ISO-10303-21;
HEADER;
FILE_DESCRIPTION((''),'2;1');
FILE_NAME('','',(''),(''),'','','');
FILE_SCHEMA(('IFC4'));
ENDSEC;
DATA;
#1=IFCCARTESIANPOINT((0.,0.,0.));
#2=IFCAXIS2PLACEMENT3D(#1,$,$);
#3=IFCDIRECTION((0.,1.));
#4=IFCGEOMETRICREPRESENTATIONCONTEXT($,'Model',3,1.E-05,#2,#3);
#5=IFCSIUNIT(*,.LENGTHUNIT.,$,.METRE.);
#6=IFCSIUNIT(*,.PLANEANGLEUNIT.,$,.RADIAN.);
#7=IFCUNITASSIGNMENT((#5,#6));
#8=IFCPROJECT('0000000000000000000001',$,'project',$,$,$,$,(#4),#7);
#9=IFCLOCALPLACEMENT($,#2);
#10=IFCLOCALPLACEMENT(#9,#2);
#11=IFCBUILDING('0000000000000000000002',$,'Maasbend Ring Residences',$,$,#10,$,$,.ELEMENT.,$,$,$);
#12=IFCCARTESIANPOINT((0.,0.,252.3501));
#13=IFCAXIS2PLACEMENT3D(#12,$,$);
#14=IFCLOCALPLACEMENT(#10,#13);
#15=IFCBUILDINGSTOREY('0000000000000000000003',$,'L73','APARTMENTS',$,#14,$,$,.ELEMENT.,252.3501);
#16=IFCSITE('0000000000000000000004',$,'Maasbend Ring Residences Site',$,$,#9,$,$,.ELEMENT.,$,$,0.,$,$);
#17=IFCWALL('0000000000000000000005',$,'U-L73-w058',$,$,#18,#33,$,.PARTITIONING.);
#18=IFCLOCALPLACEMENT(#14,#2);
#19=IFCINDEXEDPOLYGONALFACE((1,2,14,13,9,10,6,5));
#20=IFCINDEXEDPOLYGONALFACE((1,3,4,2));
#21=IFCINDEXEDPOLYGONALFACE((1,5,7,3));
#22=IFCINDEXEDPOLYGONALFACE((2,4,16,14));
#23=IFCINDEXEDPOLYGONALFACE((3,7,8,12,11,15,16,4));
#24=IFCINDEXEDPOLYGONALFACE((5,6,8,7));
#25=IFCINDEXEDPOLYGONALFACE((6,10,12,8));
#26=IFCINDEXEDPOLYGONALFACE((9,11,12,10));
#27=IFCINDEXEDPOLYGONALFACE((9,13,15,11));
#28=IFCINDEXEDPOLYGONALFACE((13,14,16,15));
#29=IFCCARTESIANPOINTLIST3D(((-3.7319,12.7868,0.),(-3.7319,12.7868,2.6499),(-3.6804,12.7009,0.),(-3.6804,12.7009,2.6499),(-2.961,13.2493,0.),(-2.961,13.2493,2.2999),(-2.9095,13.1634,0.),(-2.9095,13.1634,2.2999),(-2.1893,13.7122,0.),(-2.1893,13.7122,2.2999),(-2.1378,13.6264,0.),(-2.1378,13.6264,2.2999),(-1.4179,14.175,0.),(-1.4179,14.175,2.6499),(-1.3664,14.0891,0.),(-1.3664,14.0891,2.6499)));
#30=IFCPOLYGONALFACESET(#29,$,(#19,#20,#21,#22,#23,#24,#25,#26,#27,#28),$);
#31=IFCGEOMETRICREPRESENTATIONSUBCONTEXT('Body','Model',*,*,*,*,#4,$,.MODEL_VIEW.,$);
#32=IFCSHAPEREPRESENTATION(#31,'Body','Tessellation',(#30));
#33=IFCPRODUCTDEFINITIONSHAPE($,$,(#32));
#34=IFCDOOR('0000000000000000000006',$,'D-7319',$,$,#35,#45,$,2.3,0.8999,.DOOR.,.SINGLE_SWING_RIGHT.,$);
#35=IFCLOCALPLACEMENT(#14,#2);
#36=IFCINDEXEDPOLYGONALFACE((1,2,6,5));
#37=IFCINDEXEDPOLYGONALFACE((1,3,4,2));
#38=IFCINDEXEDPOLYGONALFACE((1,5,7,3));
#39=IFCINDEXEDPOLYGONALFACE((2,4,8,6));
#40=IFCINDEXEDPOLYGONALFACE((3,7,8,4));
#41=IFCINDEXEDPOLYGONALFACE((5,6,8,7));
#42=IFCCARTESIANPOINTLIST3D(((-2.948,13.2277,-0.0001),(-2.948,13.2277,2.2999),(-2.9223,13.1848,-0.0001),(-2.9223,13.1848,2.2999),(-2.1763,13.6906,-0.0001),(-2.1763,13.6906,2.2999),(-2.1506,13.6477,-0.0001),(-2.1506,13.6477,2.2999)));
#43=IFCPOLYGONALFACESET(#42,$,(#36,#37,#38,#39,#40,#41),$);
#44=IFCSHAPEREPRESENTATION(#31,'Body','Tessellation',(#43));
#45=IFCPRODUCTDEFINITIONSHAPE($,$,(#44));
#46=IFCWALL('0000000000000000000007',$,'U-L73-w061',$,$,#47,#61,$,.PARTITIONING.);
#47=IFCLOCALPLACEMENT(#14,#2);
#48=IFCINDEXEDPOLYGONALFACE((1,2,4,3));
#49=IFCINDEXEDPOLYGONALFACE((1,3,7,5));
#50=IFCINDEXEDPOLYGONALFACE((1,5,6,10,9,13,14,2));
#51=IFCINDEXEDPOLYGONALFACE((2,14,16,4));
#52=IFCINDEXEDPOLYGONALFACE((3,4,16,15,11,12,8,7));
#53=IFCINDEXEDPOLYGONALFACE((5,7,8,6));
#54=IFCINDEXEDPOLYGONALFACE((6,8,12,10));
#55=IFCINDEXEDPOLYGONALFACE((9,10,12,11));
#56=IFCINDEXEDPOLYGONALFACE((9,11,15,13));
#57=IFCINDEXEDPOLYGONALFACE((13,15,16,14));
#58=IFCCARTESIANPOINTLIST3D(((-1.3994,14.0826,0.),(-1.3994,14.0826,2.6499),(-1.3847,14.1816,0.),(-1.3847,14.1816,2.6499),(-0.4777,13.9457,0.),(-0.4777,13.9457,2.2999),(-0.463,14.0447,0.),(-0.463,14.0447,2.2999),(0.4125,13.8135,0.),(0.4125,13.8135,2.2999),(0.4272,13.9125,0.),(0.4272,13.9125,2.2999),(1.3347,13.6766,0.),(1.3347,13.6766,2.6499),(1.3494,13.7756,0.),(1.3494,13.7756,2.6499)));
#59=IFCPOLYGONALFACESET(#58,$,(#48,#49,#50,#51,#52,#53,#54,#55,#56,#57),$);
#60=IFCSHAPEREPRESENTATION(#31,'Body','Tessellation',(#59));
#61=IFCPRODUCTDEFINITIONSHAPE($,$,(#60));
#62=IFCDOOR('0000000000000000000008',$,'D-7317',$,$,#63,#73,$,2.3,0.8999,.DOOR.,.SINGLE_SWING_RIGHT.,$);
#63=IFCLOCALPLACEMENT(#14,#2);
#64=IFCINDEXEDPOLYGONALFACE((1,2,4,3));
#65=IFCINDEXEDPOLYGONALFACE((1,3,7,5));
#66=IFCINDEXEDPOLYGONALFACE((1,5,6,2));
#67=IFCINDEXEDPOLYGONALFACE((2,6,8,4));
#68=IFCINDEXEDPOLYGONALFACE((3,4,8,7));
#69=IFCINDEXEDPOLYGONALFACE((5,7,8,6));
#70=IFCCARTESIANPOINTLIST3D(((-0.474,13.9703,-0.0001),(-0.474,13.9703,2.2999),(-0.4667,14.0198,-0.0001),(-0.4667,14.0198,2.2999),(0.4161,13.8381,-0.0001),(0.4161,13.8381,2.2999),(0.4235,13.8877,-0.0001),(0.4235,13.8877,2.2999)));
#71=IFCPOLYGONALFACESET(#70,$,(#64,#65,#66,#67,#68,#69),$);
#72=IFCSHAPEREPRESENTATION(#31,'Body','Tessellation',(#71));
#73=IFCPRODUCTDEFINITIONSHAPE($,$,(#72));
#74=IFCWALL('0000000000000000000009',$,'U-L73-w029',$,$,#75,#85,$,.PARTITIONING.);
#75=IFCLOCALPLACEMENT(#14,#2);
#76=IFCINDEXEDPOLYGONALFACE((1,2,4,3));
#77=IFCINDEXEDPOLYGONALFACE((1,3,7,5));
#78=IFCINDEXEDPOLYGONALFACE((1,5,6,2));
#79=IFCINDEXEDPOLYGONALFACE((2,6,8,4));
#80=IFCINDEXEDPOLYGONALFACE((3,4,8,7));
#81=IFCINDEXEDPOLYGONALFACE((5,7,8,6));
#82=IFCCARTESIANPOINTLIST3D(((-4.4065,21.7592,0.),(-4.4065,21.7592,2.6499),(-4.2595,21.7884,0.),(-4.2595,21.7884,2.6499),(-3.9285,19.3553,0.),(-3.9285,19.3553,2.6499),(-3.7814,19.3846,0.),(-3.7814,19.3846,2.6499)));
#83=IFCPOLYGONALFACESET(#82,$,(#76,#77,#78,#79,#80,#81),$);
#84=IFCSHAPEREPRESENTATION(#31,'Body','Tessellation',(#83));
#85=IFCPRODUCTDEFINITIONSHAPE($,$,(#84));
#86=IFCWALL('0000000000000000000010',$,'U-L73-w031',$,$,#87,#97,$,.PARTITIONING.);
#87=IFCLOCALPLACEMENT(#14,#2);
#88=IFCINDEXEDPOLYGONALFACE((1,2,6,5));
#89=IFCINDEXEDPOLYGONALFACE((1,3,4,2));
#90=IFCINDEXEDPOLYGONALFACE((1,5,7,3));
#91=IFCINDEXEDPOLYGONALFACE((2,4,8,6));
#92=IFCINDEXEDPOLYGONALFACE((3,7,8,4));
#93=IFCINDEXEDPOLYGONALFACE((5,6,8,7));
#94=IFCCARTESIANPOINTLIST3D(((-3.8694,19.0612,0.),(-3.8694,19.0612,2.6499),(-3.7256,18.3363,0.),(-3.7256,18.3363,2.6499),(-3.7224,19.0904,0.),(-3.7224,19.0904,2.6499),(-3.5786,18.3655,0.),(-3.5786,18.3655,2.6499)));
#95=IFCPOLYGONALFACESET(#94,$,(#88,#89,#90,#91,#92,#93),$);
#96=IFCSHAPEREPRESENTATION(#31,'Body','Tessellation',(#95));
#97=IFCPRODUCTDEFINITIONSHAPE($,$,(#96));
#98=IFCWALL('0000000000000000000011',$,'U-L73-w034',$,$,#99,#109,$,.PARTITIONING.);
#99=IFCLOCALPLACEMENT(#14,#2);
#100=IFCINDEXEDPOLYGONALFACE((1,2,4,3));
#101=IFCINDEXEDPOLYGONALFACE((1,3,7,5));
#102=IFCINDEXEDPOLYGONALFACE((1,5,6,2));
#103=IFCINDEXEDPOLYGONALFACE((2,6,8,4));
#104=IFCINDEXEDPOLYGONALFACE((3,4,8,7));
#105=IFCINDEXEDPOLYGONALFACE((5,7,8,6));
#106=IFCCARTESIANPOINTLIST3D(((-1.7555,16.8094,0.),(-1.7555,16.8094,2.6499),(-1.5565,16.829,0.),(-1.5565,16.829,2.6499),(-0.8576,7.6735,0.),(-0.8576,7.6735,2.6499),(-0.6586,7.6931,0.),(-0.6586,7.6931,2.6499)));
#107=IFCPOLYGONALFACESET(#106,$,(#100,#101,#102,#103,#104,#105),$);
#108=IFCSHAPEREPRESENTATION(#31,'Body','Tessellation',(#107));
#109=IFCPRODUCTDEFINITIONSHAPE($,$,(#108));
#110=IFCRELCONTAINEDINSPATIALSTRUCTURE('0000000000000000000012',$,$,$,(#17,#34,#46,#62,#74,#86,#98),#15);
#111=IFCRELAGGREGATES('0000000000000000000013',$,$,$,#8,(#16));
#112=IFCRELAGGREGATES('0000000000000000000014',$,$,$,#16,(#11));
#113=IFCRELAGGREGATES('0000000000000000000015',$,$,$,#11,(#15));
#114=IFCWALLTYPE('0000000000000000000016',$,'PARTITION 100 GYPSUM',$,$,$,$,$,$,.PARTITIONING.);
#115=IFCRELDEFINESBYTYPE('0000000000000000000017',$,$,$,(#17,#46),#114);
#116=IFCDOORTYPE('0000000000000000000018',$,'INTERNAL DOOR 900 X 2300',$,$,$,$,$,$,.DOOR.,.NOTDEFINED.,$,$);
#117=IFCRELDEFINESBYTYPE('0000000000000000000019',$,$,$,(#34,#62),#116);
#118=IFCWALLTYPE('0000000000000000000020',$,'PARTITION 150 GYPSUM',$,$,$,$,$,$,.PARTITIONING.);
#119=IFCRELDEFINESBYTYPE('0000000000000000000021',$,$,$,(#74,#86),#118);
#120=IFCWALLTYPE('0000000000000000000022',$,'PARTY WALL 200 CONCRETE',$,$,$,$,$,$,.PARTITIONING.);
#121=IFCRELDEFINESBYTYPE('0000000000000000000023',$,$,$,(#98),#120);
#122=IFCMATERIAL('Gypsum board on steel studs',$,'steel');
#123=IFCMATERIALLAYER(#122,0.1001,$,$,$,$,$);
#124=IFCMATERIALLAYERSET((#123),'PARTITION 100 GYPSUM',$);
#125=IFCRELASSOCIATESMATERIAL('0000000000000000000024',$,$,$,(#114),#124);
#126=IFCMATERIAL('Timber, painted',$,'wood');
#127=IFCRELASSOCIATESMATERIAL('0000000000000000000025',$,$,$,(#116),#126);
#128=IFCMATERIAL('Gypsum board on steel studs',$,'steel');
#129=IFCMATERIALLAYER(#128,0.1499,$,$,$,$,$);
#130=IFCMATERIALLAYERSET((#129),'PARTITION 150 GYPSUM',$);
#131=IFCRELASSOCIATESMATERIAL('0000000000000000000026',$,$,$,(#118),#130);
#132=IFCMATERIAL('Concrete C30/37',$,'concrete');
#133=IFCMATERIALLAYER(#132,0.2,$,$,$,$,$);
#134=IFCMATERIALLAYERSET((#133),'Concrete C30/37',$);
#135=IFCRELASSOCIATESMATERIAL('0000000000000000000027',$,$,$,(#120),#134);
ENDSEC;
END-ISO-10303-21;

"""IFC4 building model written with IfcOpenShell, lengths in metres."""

from ifc_helpers import new_model, si_unit, direction, frame, frame_2d, origin, place, context, subcontext, project, spatial, rectangle, extrude, material, layer, layer_set, type_object, element, fill, save


model = new_model("IFC4")

# Units and contexts
model_context = context("Model", 3, precision=1e-05, world=origin(), true_north=direction((0.0, 1.0)))
body_context = subcontext(model_context, "Body", "Model", "MODEL_VIEW")
ifc_project = project(units=[si_unit("LENGTHUNIT", "METRE"), si_unit("PLANEANGLEUNIT", "RADIAN")], contexts=[model_context])

# Site, building, storey
site_placement = place(None, origin())
site = spatial("IfcSite", under=ifc_project, at=site_placement, Name="Maasbend Ring Residences Site", CompositionType="ELEMENT", RefElevation=0.0)
building_placement = place(site_placement, origin())
building = spatial("IfcBuilding", under=site, at=building_placement, Name="Maasbend Ring Residences", CompositionType="ELEMENT")
storey_placement = place(building_placement, frame((0.0, 0.0, 252.3501)))
storey = spatial("IfcBuildingStorey", under=building, at=storey_placement, Name="L73", Description="APARTMENTS", CompositionType="ELEMENT", Elevation=252.3501)

# Shared definitions
ifc_material_1 = material(Name="Gypsum board on steel studs", Category="steel")
ifc_layer_1 = layer(ifc_material_1, 0.1001)
ifc_layer_set_1 = layer_set([ifc_layer_1], Name="PARTITION 100 GYPSUM")
wall_type_1 = type_object("IfcWallType", Name="PARTITION 100 GYPSUM", PredefinedType="PARTITIONING", material=ifc_layer_set_1)
ifc_material_2 = material(Name="Timber, painted", Category="wood")
door_type_1 = type_object("IfcDoorType", Name="INTERNAL DOOR 900 X 2300", OperationType="NOTDEFINED", PredefinedType="DOOR", material=ifc_material_2)

# Walls, openings, doors
wall_1_placement = place(storey_placement, frame((-3.7061, 12.7439, 0.0), z_axis=(0.0, 0.0, 1.0), x_axis=(0.857525, 0.514443, 0.0)))
wall_1 = element("IfcWall", 1, at=wall_1_placement, inside=storey, type_object=wall_type_1, Name="U-L73-w058", PredefinedType="PARTITIONING", context=body_context, shape_type="SweptSolid", body=[
    extrude(rectangle(XDim=2.6985, YDim=0.1001, at=frame_2d((1.3491, 0.0))), origin(), (0.0, 0.0, 1.0), 2.6499),
])
opening_1_placement = place(wall_1_placement, frame((0.8989, 0.0, 0.0)))
opening_1 = element("IfcOpeningElement", 2, at=opening_1_placement, cuts=wall_1, PredefinedType="OPENING", context=body_context, shape_type="SweptSolid", body=[
    extrude(rectangle(XDim=0.8999, YDim=2.3, at=frame_2d((0.45, 1.1499))), frame((0.0, 0.0601, 0.0), z_axis=(0.0, -1.0, 0.0), x_axis=(1.0, 0.0, 0.0)), (0.0, 0.0, 1.0), 0.1201),
])
door_1_placement = place(opening_1_placement, origin())
door_1 = element("IfcDoor", 3, at=door_1_placement, inside=storey, type_object=door_type_1, Name="D-7319", OperationType="SINGLE_SWING_RIGHT", OverallHeight=2.3, OverallWidth=0.8999, PredefinedType="DOOR", context=body_context, shape_type="SweptSolid", body=[
    extrude(rectangle(XDim=0.8999, YDim=2.3, at=frame_2d((0.45, 1.1499))), frame((0.0, 0.0249, 0.0), z_axis=(0.0, -1.0, 0.0), x_axis=(1.0, 0.0, 0.0)), (0.0, 0.0, 1.0), 0.05),
])
fill(opening_1, door_1)
wall_2_placement = place(storey_placement, frame((-1.3921, 14.1321, 0.0), z_axis=(0.0, 0.0, 1.0), x_axis=(0.989154, -0.146885, 0.0)))
wall_2 = element("IfcWall", 4, at=wall_2_placement, inside=storey, type_object=wall_type_1, Name="U-L73-w061", PredefinedType="PARTITIONING", context=body_context, shape_type="SweptSolid", body=[
    extrude(rectangle(XDim=2.7642, YDim=0.1001, at=frame_2d((1.3821, 0.0))), origin(), (0.0, 0.0, 1.0), 2.6499),
])
opening_2_placement = place(wall_2_placement, frame((0.9319, 0.0, 0.0)))
opening_2 = element("IfcOpeningElement", 5, at=opening_2_placement, cuts=wall_2, PredefinedType="OPENING", context=body_context, shape_type="SweptSolid", body=[
    extrude(rectangle(XDim=0.8999, YDim=2.3, at=frame_2d((0.45, 1.1499))), frame((0.0, 0.0601, 0.0), z_axis=(0.0, -1.0, 0.0), x_axis=(1.0, 0.0, 0.0)), (0.0, 0.0, 1.0), 0.1201),
])
door_2_placement = place(opening_2_placement, origin())
door_2 = element("IfcDoor", 6, at=door_2_placement, inside=storey, type_object=door_type_1, Name="D-7317", OperationType="SINGLE_SWING_RIGHT", OverallHeight=2.3, OverallWidth=0.8999, PredefinedType="DOOR", context=body_context, shape_type="SweptSolid", body=[
    extrude(rectangle(XDim=0.8999, YDim=2.3, at=frame_2d((0.45, 1.1499))), frame((0.0, 0.0249, 0.0), z_axis=(0.0, -1.0, 0.0), x_axis=(1.0, 0.0, 0.0)), (0.0, 0.0, 1.0), 0.05),
])
fill(opening_2, door_2)

# Walls
ifc_material_3 = material(Name="Gypsum board on steel studs", Category="steel")
ifc_layer_2 = layer(ifc_material_3, 0.1499)
ifc_layer_set_2 = layer_set([ifc_layer_2], Name="PARTITION 150 GYPSUM")
wall_type_2 = type_object("IfcWallType", Name="PARTITION 150 GYPSUM", PredefinedType="PARTITIONING", material=ifc_layer_set_2)
wall_3_placement = place(storey_placement, frame((-4.333, 21.7739, 0.0), z_axis=(0.0, 0.0, 1.0), x_axis=(0.195043, -0.980795, 0.0)))
element("IfcWall", 7, at=wall_3_placement, inside=storey, type_object=wall_type_2, Name="U-L73-w029", PredefinedType="PARTITIONING", context=body_context, shape_type="SweptSolid", body=[
    extrude(rectangle(XDim=2.4509, YDim=0.1499, at=frame_2d((1.2256, 0.0))), origin(), (0.0, 0.0, 1.0), 2.6499),
])
wall_4_placement = place(storey_placement, frame((-3.7959, 19.0759, 0.0), z_axis=(0.0, 0.0, 1.0), x_axis=(0.194591, -0.980884, 0.0)))
element("IfcWall", 8, at=wall_4_placement, inside=storey, type_object=wall_type_2, Name="U-L73-w031", PredefinedType="PARTITIONING", context=body_context, shape_type="SweptSolid", body=[
    extrude(rectangle(XDim=0.739, YDim=0.1499, at=frame_2d((0.3696, 0.0))), origin(), (0.0, 0.0, 1.0), 2.6499),
])
ifc_material_4 = material(Name="Concrete C30/37", Category="concrete")
ifc_layer_3 = layer(ifc_material_4, 0.2)
ifc_layer_set_3 = layer_set([ifc_layer_3], Name="Concrete C30/37")
wall_type_3 = type_object("IfcWallType", Name="PARTY WALL 200 CONCRETE", PredefinedType="PARTITIONING", material=ifc_layer_set_3)
wall_5_placement = place(storey_placement, frame((-1.656, 16.8191, 0.0), z_axis=(0.0, 0.0, 1.0), x_axis=(0.097816, -0.995205, 0.0)))
element("IfcWall", 9, at=wall_5_placement, inside=storey, type_object=wall_type_3, Name="U-L73-w034", PredefinedType="PARTITIONING", context=body_context, shape_type="SweptSolid", body=[
    extrude(rectangle(XDim=9.1799, YDim=0.2, at=frame_2d((4.5898, 0.0))), origin(), (0.0, 0.0, 1.0), 2.6499),
])

save(model, "model.ifc")
